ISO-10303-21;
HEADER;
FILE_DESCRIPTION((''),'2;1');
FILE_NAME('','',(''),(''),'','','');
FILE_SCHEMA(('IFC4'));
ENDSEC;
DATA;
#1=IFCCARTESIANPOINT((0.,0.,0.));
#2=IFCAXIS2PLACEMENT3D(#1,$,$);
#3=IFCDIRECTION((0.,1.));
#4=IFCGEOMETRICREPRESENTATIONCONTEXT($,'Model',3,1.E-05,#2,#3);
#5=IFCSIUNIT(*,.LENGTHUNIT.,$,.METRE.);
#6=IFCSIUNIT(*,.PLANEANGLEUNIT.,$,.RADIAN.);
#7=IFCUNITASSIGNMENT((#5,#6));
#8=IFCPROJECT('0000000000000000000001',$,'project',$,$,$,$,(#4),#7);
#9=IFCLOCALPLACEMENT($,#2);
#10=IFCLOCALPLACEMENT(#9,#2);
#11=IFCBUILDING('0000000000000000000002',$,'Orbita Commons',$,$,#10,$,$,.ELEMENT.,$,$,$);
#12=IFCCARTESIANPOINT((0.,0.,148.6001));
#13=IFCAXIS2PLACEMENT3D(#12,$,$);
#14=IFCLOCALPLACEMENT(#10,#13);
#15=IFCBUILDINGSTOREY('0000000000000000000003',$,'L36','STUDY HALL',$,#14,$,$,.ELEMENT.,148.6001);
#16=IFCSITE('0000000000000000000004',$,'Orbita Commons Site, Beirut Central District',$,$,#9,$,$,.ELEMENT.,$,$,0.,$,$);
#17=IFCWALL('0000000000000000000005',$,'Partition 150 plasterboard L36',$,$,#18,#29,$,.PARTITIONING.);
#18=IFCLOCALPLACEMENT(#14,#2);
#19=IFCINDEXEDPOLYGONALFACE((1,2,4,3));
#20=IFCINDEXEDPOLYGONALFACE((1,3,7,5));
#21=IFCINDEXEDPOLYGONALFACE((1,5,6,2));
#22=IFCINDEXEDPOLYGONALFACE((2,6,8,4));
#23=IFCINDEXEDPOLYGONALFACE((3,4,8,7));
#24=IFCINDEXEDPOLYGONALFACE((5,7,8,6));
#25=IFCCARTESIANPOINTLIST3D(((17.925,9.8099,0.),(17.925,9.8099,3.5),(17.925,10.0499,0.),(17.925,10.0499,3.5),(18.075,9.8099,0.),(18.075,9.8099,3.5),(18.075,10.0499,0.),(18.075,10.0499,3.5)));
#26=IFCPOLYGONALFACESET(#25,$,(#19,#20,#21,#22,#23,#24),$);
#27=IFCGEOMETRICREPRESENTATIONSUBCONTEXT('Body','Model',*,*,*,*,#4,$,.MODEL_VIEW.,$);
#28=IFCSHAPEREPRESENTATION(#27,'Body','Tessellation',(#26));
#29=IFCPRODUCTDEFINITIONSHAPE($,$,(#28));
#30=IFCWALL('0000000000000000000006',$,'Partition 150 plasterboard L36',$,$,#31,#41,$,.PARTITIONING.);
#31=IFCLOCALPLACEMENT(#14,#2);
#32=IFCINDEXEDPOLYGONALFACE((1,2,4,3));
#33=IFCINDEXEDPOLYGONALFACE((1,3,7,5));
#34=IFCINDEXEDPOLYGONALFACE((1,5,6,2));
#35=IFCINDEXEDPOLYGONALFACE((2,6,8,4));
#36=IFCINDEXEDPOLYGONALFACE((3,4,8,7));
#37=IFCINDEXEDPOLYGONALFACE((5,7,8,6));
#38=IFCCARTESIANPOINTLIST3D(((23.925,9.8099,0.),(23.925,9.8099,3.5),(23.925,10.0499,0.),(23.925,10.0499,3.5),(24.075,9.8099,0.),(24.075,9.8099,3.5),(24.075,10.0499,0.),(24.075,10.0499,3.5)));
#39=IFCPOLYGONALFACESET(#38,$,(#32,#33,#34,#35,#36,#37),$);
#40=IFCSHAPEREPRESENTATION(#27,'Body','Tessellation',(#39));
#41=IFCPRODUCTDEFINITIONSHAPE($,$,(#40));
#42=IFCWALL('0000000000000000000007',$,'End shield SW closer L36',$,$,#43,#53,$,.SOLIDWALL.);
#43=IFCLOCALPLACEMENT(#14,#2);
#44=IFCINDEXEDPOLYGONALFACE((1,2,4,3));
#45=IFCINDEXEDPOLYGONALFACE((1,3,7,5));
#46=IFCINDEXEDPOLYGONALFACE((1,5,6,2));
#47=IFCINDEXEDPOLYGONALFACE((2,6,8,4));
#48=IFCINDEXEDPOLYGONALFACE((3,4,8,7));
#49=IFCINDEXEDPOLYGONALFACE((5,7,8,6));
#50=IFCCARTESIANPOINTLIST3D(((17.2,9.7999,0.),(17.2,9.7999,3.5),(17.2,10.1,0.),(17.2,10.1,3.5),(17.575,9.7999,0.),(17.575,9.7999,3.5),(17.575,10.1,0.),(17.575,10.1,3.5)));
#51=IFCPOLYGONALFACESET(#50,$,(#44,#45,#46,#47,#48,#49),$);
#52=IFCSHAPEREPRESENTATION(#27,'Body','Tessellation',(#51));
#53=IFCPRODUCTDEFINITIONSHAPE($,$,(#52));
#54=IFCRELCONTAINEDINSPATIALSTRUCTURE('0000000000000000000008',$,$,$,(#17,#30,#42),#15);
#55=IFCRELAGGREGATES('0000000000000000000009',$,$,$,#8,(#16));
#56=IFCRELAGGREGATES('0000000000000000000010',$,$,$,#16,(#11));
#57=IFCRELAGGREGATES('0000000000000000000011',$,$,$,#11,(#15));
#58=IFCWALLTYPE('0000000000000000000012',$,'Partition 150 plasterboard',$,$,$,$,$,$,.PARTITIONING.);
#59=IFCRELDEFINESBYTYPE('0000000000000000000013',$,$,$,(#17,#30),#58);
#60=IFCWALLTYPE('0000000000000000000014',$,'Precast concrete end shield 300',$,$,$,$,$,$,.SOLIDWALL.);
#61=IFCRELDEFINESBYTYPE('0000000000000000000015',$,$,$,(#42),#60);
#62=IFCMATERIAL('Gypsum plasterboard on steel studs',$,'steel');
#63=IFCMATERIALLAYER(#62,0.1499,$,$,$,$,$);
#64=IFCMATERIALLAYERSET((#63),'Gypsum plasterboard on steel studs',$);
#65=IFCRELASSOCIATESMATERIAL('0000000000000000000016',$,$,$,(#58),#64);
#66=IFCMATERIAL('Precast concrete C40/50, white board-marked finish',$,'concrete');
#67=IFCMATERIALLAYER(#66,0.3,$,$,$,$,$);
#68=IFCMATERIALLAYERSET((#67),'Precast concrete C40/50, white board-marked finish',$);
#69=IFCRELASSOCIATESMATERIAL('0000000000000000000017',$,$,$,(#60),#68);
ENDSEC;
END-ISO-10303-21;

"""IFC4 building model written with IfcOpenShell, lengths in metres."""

from ifc_helpers import new_model, si_unit, direction, frame, frame_2d, origin, place, context, subcontext, project, spatial, rectangle, extrude, material, layer, layer_set, type_object, element, save


model = new_model("IFC4")

# Units and contexts
model_context = context("Model", 3, precision=1e-05, world=origin(), true_north=direction((0.0, 1.0)))
body_context = subcontext(model_context, "Body", "Model", "MODEL_VIEW")
ifc_project = project(units=[si_unit("LENGTHUNIT", "METRE"), si_unit("PLANEANGLEUNIT", "RADIAN")], contexts=[model_context])

# Site, building, storey
site_placement = place(None, origin())
site = spatial("IfcSite", under=ifc_project, at=site_placement, Name="Orbita Commons Site, Beirut Central District", CompositionType="ELEMENT", RefElevation=0.0)
building_placement = place(site_placement, origin())
building = spatial("IfcBuilding", under=site, at=building_placement, Name="Orbita Commons", CompositionType="ELEMENT")
storey_placement = place(building_placement, frame((0.0, 0.0, 148.6001)))
storey = spatial("IfcBuildingStorey", under=building, at=storey_placement, Name="L36", Description="STUDY HALL", CompositionType="ELEMENT", Elevation=148.6001)

# Walls
ifc_material_1 = material(Name="Gypsum plasterboard on steel studs", Category="steel")
ifc_layer_1 = layer(ifc_material_1, 0.1499)
ifc_layer_set_1 = layer_set([ifc_layer_1], Name="Gypsum plasterboard on steel studs")
wall_type_1 = type_object("IfcWallType", Name="Partition 150 plasterboard", PredefinedType="PARTITIONING", material=ifc_layer_set_1)
for number, where, z_axis, x_axis, name in (
    (1, (18.0, 10.05, 0.0), (0.0, 0.0, 1.0), (0.0, -1.0, 0.0), "Partition 150 plasterboard L36"),
    (2, (24.0, 10.05, 0.0), (0.0, 0.0, 1.0), (0.0, -1.0, 0.0), "Partition 150 plasterboard L36"),
):
    element("IfcWall", number, at=place(storey_placement, frame(where, z_axis=z_axis, x_axis=x_axis)), inside=storey, type_object=wall_type_1, Name=name, PredefinedType="PARTITIONING", context=body_context, shape_type="SweptSolid", body=[
        extrude(rectangle(XDim=0.24, YDim=0.1499, at=frame_2d((0.1201, 0.0))), origin(), (0.0, 0.0, 1.0), 3.5),
    ])
ifc_material_2 = material(Name="Precast concrete C40/50, white board-marked finish", Category="concrete")
ifc_layer_2 = layer(ifc_material_2, 0.3)
ifc_layer_set_2 = layer_set([ifc_layer_2], Name="Precast concrete C40/50, white board-marked finish")
wall_type_2 = type_object("IfcWallType", Name="Precast concrete end shield 300", PredefinedType="SOLIDWALL", material=ifc_layer_set_2)
wall_placement = place(storey_placement, frame((17.2, 9.95, 0.0), z_axis=(0.0, 0.0, 1.0), x_axis=(1.0, 0.0, 0.0)))
element("IfcWall", 3, at=wall_placement, inside=storey, type_object=wall_type_2, Name="End shield SW closer L36", PredefinedType="SOLIDWALL", context=body_context, shape_type="SweptSolid", body=[
    extrude(rectangle(XDim=0.375, YDim=0.3, at=frame_2d((0.1875, 0.0))), origin(), (0.0, 0.0, 1.0), 3.5),
])

save(model, "model.ifc")
